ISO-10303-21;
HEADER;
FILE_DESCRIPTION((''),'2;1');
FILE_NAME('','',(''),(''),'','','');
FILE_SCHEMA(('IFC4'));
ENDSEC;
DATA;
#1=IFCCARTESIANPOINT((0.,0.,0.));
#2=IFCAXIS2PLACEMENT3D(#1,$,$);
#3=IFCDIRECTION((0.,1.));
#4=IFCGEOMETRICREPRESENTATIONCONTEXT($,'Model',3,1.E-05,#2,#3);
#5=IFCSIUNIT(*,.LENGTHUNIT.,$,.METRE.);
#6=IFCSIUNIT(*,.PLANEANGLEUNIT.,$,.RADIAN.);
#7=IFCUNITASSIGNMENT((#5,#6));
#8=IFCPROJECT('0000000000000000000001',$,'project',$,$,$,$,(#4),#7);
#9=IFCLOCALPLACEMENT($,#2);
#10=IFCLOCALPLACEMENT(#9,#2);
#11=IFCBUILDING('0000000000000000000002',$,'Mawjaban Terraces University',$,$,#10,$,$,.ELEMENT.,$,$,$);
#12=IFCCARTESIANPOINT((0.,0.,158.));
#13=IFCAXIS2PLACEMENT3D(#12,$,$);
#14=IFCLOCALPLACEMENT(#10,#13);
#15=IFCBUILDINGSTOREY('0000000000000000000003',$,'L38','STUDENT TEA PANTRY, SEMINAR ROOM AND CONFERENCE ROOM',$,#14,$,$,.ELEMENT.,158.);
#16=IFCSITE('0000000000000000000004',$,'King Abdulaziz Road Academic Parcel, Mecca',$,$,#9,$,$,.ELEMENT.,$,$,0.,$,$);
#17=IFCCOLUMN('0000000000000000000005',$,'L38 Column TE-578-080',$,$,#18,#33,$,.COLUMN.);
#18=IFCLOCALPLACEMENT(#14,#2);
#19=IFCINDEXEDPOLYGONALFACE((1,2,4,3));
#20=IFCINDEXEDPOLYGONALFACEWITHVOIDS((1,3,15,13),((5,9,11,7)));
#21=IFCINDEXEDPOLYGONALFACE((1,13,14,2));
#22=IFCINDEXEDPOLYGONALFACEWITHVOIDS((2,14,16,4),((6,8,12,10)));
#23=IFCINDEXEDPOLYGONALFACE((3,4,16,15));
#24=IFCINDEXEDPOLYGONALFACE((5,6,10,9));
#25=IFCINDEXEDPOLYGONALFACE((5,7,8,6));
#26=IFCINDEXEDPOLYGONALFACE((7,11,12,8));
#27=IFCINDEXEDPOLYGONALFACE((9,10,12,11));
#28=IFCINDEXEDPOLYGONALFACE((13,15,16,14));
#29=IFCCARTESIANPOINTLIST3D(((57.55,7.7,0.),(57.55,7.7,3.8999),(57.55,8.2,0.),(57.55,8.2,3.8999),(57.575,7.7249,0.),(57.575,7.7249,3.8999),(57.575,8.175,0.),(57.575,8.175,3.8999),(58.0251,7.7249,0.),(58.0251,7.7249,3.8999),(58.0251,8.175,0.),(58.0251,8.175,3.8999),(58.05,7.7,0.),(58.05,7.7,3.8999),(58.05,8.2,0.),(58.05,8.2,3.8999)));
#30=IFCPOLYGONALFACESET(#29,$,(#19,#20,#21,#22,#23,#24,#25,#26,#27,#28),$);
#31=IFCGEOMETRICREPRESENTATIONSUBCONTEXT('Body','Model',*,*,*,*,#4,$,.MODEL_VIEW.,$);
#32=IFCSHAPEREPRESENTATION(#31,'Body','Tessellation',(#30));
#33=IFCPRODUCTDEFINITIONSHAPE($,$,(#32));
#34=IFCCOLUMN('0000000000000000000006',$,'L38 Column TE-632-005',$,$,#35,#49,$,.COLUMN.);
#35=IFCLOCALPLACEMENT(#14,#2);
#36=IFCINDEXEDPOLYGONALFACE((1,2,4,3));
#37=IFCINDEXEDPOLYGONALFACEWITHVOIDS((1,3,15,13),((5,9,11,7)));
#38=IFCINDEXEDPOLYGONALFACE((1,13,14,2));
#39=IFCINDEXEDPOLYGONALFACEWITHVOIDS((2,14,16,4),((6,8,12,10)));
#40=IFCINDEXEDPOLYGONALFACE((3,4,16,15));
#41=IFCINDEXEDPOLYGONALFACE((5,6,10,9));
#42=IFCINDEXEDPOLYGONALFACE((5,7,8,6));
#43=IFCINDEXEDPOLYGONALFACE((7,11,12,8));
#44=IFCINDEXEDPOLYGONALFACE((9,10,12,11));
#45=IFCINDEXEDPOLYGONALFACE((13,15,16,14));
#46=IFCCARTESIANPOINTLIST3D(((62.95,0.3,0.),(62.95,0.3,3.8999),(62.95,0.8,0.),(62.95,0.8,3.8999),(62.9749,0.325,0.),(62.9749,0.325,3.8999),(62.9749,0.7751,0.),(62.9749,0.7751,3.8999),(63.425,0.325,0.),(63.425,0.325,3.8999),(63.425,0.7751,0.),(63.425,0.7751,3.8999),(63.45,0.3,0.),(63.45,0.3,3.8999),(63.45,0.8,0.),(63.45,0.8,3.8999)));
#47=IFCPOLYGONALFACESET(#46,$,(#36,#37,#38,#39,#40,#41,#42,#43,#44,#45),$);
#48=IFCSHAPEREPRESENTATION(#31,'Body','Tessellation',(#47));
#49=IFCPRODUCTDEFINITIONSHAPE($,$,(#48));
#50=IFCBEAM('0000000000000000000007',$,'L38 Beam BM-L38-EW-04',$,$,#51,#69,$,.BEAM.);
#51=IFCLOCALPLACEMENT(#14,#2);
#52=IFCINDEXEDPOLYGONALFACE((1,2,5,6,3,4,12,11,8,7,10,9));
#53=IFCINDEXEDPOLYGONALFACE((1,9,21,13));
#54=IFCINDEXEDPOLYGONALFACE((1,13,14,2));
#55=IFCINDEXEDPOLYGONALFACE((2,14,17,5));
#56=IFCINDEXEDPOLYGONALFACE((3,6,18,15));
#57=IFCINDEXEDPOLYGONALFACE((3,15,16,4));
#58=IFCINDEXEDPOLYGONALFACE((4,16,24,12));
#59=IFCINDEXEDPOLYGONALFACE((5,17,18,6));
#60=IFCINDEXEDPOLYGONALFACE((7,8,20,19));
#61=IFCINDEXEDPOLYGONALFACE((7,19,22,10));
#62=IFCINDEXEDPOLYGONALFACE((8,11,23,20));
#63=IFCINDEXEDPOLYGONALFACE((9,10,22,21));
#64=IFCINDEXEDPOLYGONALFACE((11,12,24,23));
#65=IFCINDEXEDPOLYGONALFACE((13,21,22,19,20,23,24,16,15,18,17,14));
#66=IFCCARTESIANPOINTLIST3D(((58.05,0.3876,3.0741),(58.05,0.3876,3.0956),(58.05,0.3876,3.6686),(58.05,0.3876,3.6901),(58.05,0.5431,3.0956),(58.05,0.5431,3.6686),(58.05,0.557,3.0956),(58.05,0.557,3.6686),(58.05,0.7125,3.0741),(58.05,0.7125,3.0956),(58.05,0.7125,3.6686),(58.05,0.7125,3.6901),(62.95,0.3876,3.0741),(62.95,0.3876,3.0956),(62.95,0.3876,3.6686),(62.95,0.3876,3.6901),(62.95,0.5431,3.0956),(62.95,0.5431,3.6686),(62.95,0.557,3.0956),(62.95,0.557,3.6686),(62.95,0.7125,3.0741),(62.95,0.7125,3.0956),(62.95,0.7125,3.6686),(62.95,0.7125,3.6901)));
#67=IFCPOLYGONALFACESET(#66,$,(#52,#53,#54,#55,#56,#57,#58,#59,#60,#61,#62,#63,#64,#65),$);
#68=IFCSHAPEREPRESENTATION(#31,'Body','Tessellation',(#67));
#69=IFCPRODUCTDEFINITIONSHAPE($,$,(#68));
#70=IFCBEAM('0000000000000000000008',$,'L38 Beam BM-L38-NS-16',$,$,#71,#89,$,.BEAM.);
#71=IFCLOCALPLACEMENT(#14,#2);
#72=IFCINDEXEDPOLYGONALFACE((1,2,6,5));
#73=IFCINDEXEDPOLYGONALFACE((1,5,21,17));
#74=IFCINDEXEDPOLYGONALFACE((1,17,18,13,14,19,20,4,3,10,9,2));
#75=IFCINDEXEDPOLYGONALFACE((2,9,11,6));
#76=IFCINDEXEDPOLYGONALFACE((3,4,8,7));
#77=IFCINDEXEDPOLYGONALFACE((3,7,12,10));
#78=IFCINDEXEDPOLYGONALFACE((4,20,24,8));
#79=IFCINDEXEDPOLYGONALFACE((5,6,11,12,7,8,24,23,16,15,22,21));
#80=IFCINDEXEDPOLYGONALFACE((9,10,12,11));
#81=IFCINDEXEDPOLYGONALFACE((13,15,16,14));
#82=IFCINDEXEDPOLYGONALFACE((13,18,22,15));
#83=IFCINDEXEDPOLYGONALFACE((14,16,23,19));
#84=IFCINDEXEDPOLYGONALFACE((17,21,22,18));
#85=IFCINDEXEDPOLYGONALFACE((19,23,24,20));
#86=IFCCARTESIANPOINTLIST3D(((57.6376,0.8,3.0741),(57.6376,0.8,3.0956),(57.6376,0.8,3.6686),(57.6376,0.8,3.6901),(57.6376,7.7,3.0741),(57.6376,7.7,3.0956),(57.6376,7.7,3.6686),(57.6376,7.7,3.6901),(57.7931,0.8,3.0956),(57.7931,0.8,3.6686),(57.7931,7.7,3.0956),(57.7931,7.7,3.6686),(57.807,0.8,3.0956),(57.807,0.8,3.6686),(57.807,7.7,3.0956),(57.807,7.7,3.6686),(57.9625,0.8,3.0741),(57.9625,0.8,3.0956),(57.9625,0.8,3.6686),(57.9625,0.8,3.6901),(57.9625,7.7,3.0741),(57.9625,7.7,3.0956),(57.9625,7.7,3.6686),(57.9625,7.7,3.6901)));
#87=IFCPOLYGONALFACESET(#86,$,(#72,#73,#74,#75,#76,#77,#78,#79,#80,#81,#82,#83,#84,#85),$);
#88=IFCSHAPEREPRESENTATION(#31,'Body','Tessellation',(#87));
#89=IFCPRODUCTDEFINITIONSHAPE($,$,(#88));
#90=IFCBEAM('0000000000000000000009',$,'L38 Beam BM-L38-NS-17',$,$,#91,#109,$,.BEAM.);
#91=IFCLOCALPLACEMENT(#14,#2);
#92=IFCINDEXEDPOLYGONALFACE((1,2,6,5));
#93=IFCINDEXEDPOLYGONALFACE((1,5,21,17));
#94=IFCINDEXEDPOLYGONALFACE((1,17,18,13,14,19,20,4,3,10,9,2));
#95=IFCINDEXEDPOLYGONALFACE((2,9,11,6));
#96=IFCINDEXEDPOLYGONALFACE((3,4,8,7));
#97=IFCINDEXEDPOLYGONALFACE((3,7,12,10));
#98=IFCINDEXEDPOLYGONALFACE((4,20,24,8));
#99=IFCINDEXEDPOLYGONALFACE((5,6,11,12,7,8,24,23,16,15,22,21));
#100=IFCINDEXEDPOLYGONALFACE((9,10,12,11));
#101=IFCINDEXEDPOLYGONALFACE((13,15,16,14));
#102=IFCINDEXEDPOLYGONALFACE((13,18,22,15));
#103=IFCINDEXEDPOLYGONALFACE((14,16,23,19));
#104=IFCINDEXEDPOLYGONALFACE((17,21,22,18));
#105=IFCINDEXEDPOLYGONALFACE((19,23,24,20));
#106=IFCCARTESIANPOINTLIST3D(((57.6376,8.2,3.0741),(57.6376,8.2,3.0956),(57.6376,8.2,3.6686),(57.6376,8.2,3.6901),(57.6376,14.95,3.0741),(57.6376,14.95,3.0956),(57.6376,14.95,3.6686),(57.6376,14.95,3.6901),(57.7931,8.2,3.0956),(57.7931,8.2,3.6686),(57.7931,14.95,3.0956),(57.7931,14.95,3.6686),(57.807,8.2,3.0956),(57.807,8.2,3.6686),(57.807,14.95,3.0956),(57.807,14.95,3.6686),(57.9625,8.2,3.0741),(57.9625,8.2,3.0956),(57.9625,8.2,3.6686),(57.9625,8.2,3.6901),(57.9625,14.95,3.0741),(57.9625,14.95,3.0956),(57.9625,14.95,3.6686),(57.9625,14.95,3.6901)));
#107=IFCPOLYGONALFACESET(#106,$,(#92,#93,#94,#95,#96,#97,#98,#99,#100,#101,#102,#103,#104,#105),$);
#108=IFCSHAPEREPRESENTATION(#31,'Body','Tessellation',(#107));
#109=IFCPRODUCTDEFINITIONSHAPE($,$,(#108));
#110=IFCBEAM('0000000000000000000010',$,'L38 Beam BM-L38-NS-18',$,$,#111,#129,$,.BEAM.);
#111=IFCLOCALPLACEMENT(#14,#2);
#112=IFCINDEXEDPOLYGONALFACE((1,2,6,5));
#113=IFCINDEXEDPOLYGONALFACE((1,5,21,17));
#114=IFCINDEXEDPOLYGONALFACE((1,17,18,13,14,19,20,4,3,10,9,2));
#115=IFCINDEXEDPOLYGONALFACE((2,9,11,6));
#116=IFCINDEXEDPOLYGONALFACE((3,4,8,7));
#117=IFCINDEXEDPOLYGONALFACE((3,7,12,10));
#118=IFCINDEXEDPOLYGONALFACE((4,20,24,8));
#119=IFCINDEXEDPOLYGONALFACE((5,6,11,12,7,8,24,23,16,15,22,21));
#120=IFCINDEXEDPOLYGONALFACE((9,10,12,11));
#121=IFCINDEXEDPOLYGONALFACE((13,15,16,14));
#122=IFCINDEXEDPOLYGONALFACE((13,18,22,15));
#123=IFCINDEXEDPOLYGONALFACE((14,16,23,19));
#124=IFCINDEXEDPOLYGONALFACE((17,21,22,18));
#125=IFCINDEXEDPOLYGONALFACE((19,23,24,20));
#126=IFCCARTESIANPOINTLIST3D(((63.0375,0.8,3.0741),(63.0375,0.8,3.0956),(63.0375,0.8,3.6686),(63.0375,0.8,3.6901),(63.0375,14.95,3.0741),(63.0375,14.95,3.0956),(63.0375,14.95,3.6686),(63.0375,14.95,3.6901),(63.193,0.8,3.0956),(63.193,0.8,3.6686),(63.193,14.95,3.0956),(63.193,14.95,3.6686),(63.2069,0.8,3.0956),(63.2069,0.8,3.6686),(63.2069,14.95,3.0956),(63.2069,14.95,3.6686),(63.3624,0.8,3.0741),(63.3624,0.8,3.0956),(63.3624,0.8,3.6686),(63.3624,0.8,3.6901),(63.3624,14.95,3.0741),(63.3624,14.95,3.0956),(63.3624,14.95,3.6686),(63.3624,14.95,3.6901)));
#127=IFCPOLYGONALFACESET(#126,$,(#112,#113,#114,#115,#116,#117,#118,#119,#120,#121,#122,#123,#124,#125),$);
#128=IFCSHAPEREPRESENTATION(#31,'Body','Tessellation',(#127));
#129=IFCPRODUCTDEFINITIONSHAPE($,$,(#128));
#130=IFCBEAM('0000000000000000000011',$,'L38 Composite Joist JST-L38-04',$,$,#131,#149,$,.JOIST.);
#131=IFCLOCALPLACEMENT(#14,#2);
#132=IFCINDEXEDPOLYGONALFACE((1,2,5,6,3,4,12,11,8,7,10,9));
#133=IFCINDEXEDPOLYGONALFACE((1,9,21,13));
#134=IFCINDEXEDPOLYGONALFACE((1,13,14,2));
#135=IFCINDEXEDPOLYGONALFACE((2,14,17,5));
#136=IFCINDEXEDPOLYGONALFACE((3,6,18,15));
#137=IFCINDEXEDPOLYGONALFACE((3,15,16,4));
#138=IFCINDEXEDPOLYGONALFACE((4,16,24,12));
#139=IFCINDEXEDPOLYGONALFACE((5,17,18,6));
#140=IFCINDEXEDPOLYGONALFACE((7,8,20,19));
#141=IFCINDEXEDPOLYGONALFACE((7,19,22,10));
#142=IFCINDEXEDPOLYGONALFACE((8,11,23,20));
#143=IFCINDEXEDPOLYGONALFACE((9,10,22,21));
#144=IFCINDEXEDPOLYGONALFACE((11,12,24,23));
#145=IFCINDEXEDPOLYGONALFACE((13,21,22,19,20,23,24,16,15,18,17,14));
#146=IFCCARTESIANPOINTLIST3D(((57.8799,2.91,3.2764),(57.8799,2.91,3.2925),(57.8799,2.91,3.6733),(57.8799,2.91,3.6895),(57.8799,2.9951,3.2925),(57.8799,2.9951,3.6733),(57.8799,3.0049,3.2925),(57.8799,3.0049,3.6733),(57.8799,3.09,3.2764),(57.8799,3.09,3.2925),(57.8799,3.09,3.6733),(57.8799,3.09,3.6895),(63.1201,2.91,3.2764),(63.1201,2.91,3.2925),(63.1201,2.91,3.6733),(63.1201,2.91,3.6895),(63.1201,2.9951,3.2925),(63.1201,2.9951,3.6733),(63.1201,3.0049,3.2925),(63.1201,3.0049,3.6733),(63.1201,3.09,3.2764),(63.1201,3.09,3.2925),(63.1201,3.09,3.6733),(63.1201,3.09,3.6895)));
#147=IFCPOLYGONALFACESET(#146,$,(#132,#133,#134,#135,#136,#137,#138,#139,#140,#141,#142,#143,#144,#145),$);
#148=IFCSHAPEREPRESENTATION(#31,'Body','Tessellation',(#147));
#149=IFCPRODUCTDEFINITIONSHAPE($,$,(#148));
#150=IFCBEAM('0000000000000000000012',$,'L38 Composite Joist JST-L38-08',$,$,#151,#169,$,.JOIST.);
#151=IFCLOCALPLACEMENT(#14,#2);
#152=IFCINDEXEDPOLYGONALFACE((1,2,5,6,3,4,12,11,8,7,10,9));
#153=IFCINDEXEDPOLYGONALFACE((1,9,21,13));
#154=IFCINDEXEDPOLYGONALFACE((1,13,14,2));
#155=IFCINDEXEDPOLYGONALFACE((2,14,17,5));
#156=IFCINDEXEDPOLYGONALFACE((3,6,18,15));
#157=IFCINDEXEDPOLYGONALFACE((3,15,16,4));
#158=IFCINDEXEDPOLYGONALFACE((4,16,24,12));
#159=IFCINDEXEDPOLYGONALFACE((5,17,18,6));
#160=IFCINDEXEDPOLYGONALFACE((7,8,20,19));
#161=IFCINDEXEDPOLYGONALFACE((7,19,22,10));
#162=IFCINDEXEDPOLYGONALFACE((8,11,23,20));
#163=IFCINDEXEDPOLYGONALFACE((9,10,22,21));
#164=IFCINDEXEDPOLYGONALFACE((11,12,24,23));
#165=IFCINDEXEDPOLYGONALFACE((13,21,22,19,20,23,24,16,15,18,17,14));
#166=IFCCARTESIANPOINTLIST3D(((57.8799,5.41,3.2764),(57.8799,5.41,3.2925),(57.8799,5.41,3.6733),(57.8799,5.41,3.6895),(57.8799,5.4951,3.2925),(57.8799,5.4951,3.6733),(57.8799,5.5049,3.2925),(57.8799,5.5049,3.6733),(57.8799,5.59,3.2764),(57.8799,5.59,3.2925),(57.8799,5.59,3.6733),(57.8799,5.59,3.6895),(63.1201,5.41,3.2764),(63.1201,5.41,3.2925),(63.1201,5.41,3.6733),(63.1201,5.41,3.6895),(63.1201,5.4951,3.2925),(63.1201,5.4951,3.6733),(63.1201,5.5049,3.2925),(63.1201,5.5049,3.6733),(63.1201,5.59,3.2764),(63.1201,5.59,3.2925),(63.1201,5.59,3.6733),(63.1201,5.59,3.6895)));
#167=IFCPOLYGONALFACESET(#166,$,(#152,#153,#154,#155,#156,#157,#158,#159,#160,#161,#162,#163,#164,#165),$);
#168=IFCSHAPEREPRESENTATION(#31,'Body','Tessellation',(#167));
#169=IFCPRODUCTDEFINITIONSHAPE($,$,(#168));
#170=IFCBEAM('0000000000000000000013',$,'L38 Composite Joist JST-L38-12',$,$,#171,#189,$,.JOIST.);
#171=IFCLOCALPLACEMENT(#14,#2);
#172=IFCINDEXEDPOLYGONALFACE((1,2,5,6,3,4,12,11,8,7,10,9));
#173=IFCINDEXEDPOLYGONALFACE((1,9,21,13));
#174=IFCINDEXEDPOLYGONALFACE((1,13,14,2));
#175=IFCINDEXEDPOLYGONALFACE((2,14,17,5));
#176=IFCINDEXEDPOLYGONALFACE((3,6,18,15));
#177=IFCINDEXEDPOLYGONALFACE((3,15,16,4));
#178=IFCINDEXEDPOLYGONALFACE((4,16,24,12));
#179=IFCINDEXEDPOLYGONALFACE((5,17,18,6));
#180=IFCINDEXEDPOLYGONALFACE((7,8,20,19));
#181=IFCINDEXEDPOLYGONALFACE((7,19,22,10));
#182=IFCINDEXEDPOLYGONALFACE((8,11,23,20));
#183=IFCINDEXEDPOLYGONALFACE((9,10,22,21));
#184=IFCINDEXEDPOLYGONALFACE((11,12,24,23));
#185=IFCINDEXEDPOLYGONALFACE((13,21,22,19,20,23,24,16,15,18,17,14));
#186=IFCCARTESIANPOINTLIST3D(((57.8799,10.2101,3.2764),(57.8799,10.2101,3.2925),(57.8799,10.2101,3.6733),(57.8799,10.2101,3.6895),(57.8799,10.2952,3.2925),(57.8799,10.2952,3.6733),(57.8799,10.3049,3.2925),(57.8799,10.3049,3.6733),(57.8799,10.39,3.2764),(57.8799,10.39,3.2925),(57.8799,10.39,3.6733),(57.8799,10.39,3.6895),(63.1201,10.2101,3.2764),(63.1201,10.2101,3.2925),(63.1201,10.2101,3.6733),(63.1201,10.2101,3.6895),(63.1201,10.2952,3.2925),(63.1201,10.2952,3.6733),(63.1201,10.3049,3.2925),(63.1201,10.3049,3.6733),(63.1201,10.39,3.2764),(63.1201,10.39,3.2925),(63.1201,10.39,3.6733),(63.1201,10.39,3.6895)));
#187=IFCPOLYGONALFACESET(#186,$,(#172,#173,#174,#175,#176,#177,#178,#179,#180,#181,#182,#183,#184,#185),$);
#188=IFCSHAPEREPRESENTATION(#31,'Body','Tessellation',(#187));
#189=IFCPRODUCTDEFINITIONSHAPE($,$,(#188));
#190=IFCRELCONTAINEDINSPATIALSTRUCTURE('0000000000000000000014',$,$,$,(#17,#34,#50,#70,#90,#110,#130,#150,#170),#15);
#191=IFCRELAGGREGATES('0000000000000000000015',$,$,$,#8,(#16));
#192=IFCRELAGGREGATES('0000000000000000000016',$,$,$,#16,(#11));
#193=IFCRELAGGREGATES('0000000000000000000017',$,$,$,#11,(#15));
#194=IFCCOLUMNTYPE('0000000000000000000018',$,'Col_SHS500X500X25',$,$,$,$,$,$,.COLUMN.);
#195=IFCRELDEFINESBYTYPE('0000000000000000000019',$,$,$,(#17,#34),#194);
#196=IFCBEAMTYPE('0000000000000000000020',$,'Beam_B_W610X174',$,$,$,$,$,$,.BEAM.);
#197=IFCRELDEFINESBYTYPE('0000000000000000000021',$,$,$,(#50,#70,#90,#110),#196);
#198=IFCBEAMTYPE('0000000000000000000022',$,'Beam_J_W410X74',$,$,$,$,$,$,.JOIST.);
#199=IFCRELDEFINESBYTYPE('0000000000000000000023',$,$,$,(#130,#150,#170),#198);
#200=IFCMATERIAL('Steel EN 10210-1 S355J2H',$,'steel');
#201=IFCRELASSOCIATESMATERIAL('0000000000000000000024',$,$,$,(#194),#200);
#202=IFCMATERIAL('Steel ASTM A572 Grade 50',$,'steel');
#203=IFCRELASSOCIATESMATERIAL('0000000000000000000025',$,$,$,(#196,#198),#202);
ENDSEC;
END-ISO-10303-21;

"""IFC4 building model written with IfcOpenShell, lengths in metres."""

from ifc_helpers import new_model, si_unit, direction, frame, origin, origin_2d, place, context, subcontext, project, spatial, hollow_rectangle, i_section, extrude, material, material_profile, profile_set, type_object, element, save


model = new_model("IFC4")

# Units and contexts
model_context = context("Model", 3, precision=1e-05, world=origin(), true_north=direction((0.0, 1.0)))
body_context = subcontext(model_context, "Body", "Model", "MODEL_VIEW")
ifc_project = project(units=[si_unit("LENGTHUNIT", "METRE"), si_unit("PLANEANGLEUNIT", "RADIAN")], contexts=[model_context])

# Site, building, storey
site_placement = place(None, origin())
site = spatial("IfcSite", under=ifc_project, at=site_placement, Name="King Abdulaziz Road Academic Parcel, Mecca", CompositionType="ELEMENT", RefElevation=0.0)
building_placement = place(site_placement, origin())
building = spatial("IfcBuilding", under=site, at=building_placement, Name="Mawjaban Terraces University", CompositionType="ELEMENT")
storey_placement = place(building_placement, frame((0.0, 0.0, 158.0)))
storey = spatial("IfcBuildingStorey", under=building, at=storey_placement, Name="L38", Description="STUDENT TEA PANTRY, SEMINAR ROOM AND CONFERENCE ROOM", CompositionType="ELEMENT", Elevation=158.0)

# Columns
ifc_material_1 = material(Name="Steel EN 10210-1 S355J2H", Category="steel")
ifc_material_profile_1 = material_profile(ifc_material_1, hollow_rectangle(XDim=0.5, YDim=0.5, WallThickness=0.0249, at=origin_2d()), Name="SHS500X500X25")
ifc_profile_set_1 = profile_set([ifc_material_profile_1], Name="Steel EN 10210-1 S355J2H")
column_type = type_object("IfcColumnType", Name="Col_SHS500X500X25", PredefinedType="COLUMN", material=ifc_profile_set_1)
for number, where, z_axis, x_axis, name in (
    (1, (57.8, 7.95, 0.0), (0.0, 0.0, 1.0), (1.0, 0.0, 0.0), "L38 Column TE-578-080"),
    (2, (63.2, 0.55, 0.0), (0.0, 0.0, 1.0), (1.0, 0.0, 0.0), "L38 Column TE-632-005"),
):
    element("IfcColumn", number, at=place(storey_placement, frame(where, z_axis=z_axis, x_axis=x_axis)), inside=storey, type_object=column_type, Name=name, PredefinedType="COLUMN", context=body_context, shape_type="SweptSolid", body=[
        extrude(hollow_rectangle(XDim=0.5, YDim=0.5, WallThickness=0.0249, at=origin_2d()), origin(), (0.0, 0.0, 1.0), 3.8999),
    ])

# Beams
ifc_material_2 = material(Name="Steel ASTM A572 Grade 50", Category="steel")
ifc_material_profile_2 = material_profile(ifc_material_2, i_section(OverallWidth=0.325, OverallDepth=0.616, WebThickness=0.0139, FlangeThickness=0.0215, at=origin_2d()), Name="W610X174")
ifc_profile_set_2 = profile_set([ifc_material_profile_2], Name="Steel ASTM A572 Grade 50")
beam_type_1 = type_object("IfcBeamType", Name="Beam_B_W610X174", PredefinedType="BEAM", material=ifc_profile_set_2)
beam_1_placement = place(storey_placement, frame((58.05, 0.55, 3.3821), z_axis=(1.0, 0.0, 0.0), x_axis=(0.0, 1.0, 0.0)))
element("IfcBeam", 3, at=beam_1_placement, inside=storey, type_object=beam_type_1, Name="L38 Beam BM-L38-EW-04", PredefinedType="BEAM", context=body_context, shape_type="SweptSolid", body=[
    extrude(i_section(OverallWidth=0.325, OverallDepth=0.616, WebThickness=0.0139, FlangeThickness=0.0215, at=origin_2d()), origin(), (0.0, 0.0, 1.0), 4.8999),
])
beam_2_placement = place(storey_placement, frame((57.8, 0.8, 3.3821), z_axis=(0.0, 1.0, 0.0), x_axis=(-1.0, 0.0, 0.0)))
element("IfcBeam", 4, at=beam_2_placement, inside=storey, type_object=beam_type_1, Name="L38 Beam BM-L38-NS-16", PredefinedType="BEAM", context=body_context, shape_type="SweptSolid", body=[
    extrude(i_section(OverallWidth=0.325, OverallDepth=0.616, WebThickness=0.0139, FlangeThickness=0.0215, at=origin_2d()), origin(), (0.0, 0.0, 1.0), 6.8999),
])
beam_3_placement = place(storey_placement, frame((57.8, 8.2, 3.3821), z_axis=(0.0, 1.0, 0.0), x_axis=(-1.0, 0.0, 0.0)))
element("IfcBeam", 5, at=beam_3_placement, inside=storey, type_object=beam_type_1, Name="L38 Beam BM-L38-NS-17", PredefinedType="BEAM", context=body_context, shape_type="SweptSolid", body=[
    extrude(i_section(OverallWidth=0.325, OverallDepth=0.616, WebThickness=0.0139, FlangeThickness=0.0215, at=origin_2d()), origin(), (0.0, 0.0, 1.0), 6.75),
])
beam_4_placement = place(storey_placement, frame((63.2, 0.8, 3.3821), z_axis=(0.0, 1.0, 0.0), x_axis=(-1.0, 0.0, 0.0)))
element("IfcBeam", 6, at=beam_4_placement, inside=storey, type_object=beam_type_1, Name="L38 Beam BM-L38-NS-18", PredefinedType="BEAM", context=body_context, shape_type="SweptSolid", body=[
    extrude(i_section(OverallWidth=0.325, OverallDepth=0.616, WebThickness=0.0139, FlangeThickness=0.0215, at=origin_2d()), origin(), (0.0, 0.0, 1.0), 14.1499),
])
ifc_material_profile_3 = material_profile(ifc_material_2, i_section(OverallWidth=0.1799, OverallDepth=0.4131, WebThickness=0.0098, FlangeThickness=0.0161, at=origin_2d()), Name="W410X74")
ifc_profile_set_3 = profile_set([ifc_material_profile_3], Name="Steel ASTM A572 Grade 50")
beam_type_2 = type_object("IfcBeamType", Name="Beam_J_W410X74", PredefinedType="JOIST", material=ifc_profile_set_3)
for number, where, z_axis, x_axis, name in (
    (7, (57.8799, 3.0, 3.4829), (1.0, 0.0, 0.0), (0.0, 1.0, 0.0), "L38 Composite Joist JST-L38-04"),
    (8, (57.8799, 5.5, 3.4829), (1.0, 0.0, 0.0), (0.0, 1.0, 0.0), "L38 Composite Joist JST-L38-08"),
    (9, (57.8799, 10.3, 3.4829), (1.0, 0.0, 0.0), (0.0, 1.0, 0.0), "L38 Composite Joist JST-L38-12"),
):
    element("IfcBeam", number, at=place(storey_placement, frame(where, z_axis=z_axis, x_axis=x_axis)), inside=storey, type_object=beam_type_2, Name=name, PredefinedType="JOIST", context=body_context, shape_type="SweptSolid", body=[
        extrude(i_section(OverallWidth=0.1799, OverallDepth=0.4131, WebThickness=0.0098, FlangeThickness=0.0161, at=origin_2d()), origin(), (0.0, 0.0, 1.0), 5.2402),
    ])

save(model, "model.ifc")
